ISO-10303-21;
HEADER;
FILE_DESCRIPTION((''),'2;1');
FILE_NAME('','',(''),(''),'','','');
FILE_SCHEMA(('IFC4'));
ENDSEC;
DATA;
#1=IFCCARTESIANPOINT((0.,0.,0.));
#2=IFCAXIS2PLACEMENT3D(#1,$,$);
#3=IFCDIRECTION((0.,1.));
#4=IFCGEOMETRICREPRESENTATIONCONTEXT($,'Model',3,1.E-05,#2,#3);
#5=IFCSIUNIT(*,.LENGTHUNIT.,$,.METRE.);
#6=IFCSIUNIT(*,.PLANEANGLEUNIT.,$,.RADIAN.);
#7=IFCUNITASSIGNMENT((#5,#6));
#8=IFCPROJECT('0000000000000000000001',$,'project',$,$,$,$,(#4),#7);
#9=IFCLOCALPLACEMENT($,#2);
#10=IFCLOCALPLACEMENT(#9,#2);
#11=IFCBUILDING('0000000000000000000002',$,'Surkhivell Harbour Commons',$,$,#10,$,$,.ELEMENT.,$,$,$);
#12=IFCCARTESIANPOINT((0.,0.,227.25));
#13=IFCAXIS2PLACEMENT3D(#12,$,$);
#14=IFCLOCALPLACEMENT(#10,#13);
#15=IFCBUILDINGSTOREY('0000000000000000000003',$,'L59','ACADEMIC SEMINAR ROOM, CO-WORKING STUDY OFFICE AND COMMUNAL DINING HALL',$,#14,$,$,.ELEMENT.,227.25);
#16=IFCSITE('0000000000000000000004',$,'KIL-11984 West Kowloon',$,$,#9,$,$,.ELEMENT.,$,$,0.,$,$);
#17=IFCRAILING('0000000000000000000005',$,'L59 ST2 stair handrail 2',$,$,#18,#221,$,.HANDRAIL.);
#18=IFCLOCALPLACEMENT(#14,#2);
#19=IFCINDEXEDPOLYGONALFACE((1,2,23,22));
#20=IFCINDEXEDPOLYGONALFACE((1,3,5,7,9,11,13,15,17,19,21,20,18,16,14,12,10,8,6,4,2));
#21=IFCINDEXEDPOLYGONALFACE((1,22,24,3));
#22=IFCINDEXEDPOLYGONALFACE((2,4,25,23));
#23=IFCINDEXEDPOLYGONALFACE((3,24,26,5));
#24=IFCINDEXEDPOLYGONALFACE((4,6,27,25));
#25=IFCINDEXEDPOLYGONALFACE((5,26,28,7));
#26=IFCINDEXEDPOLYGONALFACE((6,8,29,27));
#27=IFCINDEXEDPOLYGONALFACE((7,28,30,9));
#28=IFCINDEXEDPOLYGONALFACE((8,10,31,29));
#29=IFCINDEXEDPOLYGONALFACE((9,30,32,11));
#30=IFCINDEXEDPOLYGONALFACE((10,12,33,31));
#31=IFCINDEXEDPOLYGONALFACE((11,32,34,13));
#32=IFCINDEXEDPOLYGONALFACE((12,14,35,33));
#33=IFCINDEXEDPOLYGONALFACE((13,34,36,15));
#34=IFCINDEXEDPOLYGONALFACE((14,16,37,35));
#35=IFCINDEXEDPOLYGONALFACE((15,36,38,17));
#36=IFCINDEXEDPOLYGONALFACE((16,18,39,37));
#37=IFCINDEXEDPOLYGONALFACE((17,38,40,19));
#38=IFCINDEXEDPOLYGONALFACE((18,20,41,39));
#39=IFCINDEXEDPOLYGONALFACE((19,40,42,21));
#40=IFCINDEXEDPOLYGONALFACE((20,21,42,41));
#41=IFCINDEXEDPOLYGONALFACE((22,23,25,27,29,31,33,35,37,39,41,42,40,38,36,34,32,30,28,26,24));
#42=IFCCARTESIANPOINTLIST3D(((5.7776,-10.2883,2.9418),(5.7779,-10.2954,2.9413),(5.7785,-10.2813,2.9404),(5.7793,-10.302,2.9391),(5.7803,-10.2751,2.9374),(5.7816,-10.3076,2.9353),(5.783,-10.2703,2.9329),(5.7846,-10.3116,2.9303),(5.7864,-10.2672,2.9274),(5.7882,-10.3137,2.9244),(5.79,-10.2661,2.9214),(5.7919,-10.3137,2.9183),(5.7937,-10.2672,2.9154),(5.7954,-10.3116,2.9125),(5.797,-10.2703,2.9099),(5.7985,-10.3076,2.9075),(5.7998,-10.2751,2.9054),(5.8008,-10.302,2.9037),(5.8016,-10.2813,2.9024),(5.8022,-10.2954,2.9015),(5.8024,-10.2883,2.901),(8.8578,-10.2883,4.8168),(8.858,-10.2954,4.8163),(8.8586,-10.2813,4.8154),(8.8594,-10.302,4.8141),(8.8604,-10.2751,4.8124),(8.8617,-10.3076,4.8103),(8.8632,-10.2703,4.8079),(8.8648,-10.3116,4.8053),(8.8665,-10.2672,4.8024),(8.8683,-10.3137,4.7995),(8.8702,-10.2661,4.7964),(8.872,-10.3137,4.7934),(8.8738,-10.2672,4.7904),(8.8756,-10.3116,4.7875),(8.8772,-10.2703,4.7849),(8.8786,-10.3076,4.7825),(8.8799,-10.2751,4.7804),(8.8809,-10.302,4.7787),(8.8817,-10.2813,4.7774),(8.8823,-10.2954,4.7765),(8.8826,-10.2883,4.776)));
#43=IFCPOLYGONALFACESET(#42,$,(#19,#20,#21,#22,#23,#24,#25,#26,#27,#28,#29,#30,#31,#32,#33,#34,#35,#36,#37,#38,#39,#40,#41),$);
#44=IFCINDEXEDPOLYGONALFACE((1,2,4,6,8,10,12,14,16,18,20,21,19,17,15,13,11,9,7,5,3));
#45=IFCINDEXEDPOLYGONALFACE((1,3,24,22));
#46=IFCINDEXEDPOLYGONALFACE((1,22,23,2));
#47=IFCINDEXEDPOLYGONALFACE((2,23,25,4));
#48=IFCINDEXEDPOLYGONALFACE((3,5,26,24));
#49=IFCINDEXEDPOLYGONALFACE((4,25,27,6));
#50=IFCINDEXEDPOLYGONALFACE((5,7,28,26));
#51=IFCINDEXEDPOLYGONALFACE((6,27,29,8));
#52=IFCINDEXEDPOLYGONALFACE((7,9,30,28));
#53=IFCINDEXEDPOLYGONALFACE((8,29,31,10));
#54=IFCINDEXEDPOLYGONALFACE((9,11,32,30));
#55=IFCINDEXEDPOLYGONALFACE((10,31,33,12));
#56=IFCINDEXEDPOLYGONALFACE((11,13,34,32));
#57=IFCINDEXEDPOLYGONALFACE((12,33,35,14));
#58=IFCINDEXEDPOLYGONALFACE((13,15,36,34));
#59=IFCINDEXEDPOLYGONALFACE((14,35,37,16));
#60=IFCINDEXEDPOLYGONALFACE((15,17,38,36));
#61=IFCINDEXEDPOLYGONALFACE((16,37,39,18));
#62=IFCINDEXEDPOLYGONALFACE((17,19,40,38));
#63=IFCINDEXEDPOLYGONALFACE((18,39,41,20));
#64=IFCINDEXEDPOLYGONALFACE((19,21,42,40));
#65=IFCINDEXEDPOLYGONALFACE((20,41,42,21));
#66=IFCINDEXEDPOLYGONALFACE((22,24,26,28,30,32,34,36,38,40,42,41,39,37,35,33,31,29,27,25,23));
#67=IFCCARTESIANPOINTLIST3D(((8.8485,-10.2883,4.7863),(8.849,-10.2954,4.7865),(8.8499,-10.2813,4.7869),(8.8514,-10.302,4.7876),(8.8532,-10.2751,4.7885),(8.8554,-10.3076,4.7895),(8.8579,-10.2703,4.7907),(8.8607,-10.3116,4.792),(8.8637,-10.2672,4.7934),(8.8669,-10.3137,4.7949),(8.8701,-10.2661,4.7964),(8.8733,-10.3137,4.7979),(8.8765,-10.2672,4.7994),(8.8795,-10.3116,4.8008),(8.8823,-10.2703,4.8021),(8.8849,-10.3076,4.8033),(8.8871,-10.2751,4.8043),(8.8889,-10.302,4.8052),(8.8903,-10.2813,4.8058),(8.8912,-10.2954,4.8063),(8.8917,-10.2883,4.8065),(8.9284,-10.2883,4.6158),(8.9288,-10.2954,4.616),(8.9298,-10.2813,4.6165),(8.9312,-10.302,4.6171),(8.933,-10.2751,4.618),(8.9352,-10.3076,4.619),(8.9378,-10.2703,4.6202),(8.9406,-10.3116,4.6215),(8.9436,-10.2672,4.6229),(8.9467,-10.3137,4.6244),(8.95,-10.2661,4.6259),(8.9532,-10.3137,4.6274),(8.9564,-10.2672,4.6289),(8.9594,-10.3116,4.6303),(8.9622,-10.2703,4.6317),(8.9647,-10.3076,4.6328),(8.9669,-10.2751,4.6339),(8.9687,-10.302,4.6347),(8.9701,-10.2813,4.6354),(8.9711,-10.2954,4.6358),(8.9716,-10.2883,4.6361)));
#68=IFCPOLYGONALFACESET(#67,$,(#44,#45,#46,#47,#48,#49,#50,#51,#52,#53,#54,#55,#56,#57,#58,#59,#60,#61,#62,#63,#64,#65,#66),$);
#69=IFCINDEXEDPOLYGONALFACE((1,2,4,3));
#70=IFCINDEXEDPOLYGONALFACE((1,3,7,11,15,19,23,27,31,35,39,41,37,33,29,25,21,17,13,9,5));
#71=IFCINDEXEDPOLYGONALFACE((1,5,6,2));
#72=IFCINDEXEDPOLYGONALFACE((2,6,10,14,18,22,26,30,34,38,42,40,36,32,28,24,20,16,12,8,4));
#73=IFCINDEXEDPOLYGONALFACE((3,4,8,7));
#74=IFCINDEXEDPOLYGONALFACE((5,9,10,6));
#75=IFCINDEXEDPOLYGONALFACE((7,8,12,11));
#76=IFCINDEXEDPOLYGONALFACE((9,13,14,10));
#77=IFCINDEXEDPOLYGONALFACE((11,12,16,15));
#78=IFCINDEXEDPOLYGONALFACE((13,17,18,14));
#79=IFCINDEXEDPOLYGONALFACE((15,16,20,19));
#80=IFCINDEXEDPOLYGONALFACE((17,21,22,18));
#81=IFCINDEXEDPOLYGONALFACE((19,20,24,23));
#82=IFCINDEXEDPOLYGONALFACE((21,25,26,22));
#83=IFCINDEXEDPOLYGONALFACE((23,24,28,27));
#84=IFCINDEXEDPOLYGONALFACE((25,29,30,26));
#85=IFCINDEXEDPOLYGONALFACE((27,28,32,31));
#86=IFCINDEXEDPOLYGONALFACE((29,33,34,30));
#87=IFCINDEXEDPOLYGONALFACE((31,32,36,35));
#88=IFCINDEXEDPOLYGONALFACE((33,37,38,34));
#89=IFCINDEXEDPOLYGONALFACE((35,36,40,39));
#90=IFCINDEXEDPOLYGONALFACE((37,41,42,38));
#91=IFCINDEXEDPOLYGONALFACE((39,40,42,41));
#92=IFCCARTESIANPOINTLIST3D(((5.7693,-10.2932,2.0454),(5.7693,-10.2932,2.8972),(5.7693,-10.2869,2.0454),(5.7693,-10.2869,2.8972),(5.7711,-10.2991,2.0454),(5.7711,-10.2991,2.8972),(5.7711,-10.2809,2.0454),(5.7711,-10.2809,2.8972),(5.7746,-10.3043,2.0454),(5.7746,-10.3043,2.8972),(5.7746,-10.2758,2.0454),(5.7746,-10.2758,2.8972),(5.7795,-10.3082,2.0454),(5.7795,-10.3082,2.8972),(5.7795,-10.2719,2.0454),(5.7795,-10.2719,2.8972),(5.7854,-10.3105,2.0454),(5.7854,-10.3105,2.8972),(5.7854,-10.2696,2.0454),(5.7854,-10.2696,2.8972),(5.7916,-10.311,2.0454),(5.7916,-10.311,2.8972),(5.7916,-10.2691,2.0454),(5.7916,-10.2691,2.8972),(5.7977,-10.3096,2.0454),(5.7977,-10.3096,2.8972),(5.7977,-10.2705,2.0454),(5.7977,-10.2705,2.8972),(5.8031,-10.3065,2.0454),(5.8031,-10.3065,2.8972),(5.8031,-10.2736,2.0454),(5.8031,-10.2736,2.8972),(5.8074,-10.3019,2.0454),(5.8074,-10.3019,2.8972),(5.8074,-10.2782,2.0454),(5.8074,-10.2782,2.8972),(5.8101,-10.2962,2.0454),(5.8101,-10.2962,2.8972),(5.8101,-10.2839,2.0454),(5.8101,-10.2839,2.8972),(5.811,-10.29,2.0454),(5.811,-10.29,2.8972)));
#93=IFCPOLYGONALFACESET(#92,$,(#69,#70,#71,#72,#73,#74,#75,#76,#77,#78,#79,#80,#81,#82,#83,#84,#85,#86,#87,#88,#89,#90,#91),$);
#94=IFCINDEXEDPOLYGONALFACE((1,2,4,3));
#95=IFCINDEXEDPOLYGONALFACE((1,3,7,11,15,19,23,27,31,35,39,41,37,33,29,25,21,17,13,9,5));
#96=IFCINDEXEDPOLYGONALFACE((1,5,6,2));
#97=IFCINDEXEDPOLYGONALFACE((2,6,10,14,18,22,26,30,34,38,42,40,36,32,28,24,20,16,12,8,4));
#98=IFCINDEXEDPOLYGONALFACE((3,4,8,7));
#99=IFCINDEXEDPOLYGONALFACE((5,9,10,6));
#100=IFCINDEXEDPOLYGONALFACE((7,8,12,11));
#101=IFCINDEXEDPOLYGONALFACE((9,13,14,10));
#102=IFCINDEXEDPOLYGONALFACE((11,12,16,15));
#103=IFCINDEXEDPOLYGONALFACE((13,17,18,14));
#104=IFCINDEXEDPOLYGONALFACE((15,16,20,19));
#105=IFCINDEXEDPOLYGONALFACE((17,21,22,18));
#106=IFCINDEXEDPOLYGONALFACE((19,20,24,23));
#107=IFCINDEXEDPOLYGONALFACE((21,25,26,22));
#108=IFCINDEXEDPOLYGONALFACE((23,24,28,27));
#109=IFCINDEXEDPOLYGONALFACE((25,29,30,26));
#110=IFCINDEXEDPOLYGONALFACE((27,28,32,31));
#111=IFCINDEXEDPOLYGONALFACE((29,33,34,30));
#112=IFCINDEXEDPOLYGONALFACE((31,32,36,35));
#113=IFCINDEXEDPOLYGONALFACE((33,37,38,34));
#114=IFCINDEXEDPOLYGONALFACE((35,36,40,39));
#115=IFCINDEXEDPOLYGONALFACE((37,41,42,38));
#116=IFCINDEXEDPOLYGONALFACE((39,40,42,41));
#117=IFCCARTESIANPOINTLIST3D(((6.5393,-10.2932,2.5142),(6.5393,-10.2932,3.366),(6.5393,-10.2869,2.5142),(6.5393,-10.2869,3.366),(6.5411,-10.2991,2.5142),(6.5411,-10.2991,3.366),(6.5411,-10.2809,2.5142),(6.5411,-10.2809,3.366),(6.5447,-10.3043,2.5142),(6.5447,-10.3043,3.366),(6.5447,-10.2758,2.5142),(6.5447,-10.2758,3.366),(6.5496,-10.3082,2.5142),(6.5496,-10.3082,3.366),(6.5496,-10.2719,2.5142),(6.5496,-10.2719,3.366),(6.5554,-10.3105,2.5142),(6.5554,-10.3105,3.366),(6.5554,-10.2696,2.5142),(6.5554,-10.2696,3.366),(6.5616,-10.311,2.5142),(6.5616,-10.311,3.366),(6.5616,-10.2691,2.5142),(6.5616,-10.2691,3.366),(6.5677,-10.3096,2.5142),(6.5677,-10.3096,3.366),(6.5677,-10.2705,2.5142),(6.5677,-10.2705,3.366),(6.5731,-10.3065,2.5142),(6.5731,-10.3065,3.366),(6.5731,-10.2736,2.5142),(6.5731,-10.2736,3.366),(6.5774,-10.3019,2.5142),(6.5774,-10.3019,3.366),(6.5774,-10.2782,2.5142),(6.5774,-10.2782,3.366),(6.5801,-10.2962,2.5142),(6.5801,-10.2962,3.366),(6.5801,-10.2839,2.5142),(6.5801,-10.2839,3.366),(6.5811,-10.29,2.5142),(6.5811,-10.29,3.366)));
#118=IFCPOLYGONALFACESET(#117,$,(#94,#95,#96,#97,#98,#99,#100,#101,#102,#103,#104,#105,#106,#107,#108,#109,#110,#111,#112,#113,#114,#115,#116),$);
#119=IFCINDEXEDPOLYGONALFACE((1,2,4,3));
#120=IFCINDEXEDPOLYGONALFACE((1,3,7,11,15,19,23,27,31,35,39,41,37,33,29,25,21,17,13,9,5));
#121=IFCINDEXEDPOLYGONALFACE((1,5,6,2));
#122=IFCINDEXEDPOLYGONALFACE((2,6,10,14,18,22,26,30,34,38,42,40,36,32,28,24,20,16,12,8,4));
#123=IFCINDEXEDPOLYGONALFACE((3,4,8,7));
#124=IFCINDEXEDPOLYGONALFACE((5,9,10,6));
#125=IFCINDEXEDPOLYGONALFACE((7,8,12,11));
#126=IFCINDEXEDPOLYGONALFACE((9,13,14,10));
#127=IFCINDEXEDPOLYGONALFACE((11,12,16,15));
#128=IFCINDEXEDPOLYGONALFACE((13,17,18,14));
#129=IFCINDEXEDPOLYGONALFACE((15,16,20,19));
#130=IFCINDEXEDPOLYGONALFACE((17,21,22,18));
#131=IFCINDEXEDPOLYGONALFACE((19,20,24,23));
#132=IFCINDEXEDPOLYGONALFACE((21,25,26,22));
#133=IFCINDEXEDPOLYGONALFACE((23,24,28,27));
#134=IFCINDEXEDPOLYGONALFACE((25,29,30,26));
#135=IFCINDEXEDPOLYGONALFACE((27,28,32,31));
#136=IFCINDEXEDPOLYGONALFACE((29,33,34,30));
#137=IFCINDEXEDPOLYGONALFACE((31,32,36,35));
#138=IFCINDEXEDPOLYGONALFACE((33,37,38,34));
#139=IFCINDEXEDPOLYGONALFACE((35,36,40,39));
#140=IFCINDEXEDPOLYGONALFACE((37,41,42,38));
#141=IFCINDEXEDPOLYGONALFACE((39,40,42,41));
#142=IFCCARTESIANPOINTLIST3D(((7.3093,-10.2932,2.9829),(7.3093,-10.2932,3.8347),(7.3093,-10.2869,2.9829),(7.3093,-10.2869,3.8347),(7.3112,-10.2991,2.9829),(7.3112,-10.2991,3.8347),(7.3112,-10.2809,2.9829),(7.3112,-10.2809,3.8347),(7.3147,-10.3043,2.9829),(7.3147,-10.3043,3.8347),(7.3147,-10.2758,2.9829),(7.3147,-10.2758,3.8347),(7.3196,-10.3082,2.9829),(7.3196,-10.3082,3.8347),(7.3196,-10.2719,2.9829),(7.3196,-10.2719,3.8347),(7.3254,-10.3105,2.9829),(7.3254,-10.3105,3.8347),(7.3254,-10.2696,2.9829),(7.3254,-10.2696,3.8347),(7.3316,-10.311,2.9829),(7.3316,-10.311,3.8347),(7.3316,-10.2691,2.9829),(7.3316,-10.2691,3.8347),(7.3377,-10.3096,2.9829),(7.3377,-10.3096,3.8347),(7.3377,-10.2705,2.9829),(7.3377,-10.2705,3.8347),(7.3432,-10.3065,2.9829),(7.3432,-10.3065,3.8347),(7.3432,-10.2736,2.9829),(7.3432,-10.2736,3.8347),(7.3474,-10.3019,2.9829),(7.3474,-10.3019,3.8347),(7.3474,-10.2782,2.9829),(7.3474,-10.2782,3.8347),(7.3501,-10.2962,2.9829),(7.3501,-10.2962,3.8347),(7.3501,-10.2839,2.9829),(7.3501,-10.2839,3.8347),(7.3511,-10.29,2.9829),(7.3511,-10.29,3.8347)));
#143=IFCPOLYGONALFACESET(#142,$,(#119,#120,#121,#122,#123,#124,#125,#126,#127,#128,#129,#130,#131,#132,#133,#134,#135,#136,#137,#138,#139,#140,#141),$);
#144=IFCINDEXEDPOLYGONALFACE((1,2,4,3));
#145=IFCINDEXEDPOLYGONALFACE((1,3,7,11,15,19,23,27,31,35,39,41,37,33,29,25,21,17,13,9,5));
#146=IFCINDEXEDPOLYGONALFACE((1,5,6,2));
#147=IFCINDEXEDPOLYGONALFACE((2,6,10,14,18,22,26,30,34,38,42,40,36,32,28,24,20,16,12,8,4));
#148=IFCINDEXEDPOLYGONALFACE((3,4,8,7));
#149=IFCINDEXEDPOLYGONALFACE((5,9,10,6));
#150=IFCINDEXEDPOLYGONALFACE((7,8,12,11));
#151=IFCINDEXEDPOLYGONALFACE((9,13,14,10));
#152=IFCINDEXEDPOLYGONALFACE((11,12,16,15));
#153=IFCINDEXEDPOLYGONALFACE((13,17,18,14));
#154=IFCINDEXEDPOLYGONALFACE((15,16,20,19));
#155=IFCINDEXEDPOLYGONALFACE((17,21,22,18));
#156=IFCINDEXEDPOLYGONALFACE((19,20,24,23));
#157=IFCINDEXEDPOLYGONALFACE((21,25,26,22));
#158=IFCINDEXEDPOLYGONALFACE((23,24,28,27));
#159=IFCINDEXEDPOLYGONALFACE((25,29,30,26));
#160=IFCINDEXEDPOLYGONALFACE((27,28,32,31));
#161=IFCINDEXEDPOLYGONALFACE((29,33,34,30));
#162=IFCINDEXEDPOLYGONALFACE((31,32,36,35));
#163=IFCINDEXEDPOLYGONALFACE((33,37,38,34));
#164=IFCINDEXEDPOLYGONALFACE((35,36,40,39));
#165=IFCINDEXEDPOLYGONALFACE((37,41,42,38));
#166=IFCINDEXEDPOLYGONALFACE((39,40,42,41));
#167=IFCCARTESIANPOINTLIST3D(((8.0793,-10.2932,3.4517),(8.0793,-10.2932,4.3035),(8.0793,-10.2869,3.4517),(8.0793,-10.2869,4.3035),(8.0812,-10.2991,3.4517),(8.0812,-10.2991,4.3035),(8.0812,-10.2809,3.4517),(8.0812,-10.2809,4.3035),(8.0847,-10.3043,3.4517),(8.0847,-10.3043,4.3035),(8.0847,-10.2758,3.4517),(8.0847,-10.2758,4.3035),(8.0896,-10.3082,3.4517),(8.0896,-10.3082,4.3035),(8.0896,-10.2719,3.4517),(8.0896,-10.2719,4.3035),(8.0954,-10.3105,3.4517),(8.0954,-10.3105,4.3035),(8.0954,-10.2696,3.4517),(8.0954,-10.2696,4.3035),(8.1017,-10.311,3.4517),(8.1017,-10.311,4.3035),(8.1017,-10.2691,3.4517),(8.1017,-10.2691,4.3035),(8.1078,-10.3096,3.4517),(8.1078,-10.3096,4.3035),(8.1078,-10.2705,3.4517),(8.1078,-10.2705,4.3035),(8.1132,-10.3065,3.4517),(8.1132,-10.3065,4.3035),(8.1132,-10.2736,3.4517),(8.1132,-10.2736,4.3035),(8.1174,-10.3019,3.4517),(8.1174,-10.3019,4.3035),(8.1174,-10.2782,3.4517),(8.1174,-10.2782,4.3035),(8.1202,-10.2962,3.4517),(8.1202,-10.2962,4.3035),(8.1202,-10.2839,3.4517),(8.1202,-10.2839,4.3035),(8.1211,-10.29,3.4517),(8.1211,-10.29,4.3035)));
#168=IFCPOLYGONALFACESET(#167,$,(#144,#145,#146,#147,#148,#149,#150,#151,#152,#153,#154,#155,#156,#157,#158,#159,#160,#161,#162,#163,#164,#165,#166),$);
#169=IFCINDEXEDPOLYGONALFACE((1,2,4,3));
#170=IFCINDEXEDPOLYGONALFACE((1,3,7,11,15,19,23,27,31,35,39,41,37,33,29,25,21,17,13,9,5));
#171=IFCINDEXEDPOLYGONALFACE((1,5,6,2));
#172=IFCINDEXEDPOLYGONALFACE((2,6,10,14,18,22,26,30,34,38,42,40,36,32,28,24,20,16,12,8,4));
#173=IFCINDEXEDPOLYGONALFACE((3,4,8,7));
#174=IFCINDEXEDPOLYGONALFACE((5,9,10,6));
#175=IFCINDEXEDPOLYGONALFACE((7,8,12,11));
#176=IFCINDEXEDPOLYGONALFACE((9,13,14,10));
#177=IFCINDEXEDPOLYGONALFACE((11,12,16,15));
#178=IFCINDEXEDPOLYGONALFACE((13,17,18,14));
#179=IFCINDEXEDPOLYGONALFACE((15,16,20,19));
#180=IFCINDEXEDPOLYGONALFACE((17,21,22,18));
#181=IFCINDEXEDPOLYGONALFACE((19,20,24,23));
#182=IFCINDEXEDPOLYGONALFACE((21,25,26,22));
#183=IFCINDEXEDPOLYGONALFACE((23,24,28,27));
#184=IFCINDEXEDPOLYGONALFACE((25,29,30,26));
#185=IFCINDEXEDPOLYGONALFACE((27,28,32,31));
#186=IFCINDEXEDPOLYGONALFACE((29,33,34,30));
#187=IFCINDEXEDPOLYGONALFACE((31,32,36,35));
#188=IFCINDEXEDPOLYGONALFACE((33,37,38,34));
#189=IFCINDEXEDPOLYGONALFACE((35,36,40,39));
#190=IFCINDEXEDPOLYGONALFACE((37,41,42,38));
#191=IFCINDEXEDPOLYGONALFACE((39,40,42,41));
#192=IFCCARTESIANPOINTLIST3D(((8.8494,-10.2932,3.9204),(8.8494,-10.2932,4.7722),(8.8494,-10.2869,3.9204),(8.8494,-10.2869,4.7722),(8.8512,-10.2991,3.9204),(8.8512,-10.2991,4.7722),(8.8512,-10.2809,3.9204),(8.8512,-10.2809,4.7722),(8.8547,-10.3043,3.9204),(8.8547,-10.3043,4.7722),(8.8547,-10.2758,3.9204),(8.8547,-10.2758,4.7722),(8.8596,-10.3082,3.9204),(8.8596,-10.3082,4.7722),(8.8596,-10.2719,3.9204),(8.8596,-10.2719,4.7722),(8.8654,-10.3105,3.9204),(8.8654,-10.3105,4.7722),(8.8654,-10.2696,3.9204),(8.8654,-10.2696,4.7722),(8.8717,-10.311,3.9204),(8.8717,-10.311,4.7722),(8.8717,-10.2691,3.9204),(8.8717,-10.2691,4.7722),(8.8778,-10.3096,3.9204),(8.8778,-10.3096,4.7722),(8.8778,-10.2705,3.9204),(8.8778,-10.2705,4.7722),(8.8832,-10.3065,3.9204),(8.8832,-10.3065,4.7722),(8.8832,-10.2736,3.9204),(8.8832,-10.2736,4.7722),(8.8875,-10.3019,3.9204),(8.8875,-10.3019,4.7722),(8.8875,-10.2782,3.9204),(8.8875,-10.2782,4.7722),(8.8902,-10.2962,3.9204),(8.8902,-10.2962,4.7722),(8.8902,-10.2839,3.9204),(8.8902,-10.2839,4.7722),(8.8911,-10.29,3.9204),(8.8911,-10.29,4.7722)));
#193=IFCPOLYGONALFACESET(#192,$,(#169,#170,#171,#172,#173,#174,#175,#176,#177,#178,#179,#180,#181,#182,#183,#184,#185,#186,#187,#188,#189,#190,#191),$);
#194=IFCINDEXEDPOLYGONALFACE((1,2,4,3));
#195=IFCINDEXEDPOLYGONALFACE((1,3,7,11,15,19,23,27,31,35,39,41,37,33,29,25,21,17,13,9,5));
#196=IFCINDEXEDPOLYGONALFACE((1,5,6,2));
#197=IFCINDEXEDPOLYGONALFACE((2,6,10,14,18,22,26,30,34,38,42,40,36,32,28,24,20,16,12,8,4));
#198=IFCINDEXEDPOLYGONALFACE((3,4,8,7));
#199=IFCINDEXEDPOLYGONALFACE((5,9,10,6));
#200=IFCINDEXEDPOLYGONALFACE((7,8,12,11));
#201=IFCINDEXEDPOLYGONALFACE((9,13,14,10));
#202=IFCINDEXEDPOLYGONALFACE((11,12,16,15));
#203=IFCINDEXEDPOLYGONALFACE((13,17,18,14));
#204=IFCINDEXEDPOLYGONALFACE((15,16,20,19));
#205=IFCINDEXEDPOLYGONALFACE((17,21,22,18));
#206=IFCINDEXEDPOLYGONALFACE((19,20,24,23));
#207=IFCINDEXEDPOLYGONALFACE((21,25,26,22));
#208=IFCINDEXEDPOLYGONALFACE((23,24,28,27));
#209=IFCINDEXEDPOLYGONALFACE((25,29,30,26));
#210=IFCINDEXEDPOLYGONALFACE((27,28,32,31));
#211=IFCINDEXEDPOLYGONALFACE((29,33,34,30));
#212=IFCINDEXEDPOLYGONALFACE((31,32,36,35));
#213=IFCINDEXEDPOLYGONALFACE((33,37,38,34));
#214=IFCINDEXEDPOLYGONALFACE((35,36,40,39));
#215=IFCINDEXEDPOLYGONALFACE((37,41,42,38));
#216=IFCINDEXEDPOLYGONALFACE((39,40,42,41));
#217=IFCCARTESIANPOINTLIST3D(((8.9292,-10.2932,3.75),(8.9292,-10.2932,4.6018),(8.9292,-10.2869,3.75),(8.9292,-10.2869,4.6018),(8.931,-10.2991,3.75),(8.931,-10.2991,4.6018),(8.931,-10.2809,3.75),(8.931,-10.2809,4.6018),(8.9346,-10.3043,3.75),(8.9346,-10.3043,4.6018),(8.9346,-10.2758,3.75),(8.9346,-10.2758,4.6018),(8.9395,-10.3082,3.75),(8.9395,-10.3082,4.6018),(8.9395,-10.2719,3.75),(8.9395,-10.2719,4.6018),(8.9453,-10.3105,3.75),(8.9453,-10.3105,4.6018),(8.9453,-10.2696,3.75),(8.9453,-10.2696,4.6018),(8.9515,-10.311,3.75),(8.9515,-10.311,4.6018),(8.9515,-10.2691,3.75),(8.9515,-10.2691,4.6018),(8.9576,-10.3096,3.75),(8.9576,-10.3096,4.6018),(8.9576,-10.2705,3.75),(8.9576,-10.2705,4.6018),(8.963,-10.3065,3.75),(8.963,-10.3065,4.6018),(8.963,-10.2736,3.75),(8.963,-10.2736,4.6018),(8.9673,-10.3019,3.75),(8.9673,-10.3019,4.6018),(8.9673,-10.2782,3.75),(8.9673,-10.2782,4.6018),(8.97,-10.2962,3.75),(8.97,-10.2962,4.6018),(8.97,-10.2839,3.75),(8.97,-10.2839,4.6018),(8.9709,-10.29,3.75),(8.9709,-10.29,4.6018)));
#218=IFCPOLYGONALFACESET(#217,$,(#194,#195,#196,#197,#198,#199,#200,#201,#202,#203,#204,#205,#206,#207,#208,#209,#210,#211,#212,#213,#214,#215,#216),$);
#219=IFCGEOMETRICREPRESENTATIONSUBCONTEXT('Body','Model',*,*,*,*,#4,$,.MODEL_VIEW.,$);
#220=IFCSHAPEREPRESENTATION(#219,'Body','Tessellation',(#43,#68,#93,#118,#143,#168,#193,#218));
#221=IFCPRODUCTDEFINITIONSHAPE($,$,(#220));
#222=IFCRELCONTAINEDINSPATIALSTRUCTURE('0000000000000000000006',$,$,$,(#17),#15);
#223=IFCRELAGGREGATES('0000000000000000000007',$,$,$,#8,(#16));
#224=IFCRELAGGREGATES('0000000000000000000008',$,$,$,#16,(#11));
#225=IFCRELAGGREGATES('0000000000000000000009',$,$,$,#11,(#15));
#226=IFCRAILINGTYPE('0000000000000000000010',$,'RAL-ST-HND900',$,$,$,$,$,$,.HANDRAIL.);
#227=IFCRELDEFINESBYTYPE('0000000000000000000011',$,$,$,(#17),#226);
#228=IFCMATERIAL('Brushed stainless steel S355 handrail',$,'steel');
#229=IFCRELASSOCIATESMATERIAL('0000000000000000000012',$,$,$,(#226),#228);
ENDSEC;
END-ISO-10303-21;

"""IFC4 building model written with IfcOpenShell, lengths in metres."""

from ifc_helpers import new_model, si_unit, direction, frame, origin, origin_2d, place, context, subcontext, project, spatial, circle, extrude, material, type_object, element, save


model = new_model("IFC4")

# Units and contexts
model_context = context("Model", 3, precision=1e-05, world=origin(), true_north=direction((0.0, 1.0)))
body_context = subcontext(model_context, "Body", "Model", "MODEL_VIEW")
ifc_project = project(units=[si_unit("LENGTHUNIT", "METRE"), si_unit("PLANEANGLEUNIT", "RADIAN")], contexts=[model_context])

# Site, building, storey
site_placement = place(None, origin())
site = spatial("IfcSite", under=ifc_project, at=site_placement, Name="KIL-11984 West Kowloon", CompositionType="ELEMENT", RefElevation=0.0)
building_placement = place(site_placement, origin())
building = spatial("IfcBuilding", under=site, at=building_placement, Name="Surkhivell Harbour Commons", CompositionType="ELEMENT")
storey_placement = place(building_placement, frame((0.0, 0.0, 227.25)))
storey = spatial("IfcBuildingStorey", under=building, at=storey_placement, Name="L59", Description="ACADEMIC SEMINAR ROOM, CO-WORKING STUDY OFFICE AND COMMUNAL DINING HALL", CompositionType="ELEMENT", Elevation=227.25)

# Railing
ifc_material_1 = material(Name="Brushed stainless steel S355 handrail", Category="steel")
railing_type_1 = type_object("IfcRailingType", Name="RAL-ST-HND900", PredefinedType="HANDRAIL", material=ifc_material_1)
railing_1_placement = place(storey_placement, frame((5.79, -10.29, 2.0454)))
element("IfcRailing", 1, at=railing_1_placement, inside=storey, type_object=railing_type_1, Name="L59 ST2 stair handrail 2", PredefinedType="HANDRAIL", context=body_context, shape_type="SweptSolid", body=[
    extrude(circle(Radius=0.0239, at=origin_2d()), frame((0.0, 0.0, 0.876), z_axis=(0.854178, 0.0, 0.519981), x_axis=(0.0, 1.0, 0.0)), (0.0, 0.0, 1.0), 3.606),
    extrude(circle(Radius=0.0239, at=origin_2d()), frame((3.0801, 0.0, 2.751), z_axis=(0.424234, 0.0, -0.905552), x_axis=(0.0, 1.0, 0.0)), (0.0, 0.0, 1.0), 0.1882),
    extrude(circle(Radius=0.021, at=origin_2d()), origin(), (0.0, 0.0, 1.0), 0.8518),
    extrude(circle(Radius=0.021, at=origin_2d()), frame((0.77, 0.0, 0.4688)), (0.0, 0.0, 1.0), 0.8518),
    extrude(circle(Radius=0.021, at=origin_2d()), frame((1.54, 0.0, 0.9375)), (0.0, 0.0, 1.0), 0.8518),
    extrude(circle(Radius=0.021, at=origin_2d()), frame((2.3101, 0.0, 1.4062)), (0.0, 0.0, 1.0), 0.8518),
    extrude(circle(Radius=0.021, at=origin_2d()), frame((3.0801, 0.0, 1.875)), (0.0, 0.0, 1.0), 0.8518),
    extrude(circle(Radius=0.021, at=origin_2d()), frame((3.1599, 0.0, 1.7046)), (0.0, 0.0, 1.0), 0.8518),
])

save(model, "model.ifc")
